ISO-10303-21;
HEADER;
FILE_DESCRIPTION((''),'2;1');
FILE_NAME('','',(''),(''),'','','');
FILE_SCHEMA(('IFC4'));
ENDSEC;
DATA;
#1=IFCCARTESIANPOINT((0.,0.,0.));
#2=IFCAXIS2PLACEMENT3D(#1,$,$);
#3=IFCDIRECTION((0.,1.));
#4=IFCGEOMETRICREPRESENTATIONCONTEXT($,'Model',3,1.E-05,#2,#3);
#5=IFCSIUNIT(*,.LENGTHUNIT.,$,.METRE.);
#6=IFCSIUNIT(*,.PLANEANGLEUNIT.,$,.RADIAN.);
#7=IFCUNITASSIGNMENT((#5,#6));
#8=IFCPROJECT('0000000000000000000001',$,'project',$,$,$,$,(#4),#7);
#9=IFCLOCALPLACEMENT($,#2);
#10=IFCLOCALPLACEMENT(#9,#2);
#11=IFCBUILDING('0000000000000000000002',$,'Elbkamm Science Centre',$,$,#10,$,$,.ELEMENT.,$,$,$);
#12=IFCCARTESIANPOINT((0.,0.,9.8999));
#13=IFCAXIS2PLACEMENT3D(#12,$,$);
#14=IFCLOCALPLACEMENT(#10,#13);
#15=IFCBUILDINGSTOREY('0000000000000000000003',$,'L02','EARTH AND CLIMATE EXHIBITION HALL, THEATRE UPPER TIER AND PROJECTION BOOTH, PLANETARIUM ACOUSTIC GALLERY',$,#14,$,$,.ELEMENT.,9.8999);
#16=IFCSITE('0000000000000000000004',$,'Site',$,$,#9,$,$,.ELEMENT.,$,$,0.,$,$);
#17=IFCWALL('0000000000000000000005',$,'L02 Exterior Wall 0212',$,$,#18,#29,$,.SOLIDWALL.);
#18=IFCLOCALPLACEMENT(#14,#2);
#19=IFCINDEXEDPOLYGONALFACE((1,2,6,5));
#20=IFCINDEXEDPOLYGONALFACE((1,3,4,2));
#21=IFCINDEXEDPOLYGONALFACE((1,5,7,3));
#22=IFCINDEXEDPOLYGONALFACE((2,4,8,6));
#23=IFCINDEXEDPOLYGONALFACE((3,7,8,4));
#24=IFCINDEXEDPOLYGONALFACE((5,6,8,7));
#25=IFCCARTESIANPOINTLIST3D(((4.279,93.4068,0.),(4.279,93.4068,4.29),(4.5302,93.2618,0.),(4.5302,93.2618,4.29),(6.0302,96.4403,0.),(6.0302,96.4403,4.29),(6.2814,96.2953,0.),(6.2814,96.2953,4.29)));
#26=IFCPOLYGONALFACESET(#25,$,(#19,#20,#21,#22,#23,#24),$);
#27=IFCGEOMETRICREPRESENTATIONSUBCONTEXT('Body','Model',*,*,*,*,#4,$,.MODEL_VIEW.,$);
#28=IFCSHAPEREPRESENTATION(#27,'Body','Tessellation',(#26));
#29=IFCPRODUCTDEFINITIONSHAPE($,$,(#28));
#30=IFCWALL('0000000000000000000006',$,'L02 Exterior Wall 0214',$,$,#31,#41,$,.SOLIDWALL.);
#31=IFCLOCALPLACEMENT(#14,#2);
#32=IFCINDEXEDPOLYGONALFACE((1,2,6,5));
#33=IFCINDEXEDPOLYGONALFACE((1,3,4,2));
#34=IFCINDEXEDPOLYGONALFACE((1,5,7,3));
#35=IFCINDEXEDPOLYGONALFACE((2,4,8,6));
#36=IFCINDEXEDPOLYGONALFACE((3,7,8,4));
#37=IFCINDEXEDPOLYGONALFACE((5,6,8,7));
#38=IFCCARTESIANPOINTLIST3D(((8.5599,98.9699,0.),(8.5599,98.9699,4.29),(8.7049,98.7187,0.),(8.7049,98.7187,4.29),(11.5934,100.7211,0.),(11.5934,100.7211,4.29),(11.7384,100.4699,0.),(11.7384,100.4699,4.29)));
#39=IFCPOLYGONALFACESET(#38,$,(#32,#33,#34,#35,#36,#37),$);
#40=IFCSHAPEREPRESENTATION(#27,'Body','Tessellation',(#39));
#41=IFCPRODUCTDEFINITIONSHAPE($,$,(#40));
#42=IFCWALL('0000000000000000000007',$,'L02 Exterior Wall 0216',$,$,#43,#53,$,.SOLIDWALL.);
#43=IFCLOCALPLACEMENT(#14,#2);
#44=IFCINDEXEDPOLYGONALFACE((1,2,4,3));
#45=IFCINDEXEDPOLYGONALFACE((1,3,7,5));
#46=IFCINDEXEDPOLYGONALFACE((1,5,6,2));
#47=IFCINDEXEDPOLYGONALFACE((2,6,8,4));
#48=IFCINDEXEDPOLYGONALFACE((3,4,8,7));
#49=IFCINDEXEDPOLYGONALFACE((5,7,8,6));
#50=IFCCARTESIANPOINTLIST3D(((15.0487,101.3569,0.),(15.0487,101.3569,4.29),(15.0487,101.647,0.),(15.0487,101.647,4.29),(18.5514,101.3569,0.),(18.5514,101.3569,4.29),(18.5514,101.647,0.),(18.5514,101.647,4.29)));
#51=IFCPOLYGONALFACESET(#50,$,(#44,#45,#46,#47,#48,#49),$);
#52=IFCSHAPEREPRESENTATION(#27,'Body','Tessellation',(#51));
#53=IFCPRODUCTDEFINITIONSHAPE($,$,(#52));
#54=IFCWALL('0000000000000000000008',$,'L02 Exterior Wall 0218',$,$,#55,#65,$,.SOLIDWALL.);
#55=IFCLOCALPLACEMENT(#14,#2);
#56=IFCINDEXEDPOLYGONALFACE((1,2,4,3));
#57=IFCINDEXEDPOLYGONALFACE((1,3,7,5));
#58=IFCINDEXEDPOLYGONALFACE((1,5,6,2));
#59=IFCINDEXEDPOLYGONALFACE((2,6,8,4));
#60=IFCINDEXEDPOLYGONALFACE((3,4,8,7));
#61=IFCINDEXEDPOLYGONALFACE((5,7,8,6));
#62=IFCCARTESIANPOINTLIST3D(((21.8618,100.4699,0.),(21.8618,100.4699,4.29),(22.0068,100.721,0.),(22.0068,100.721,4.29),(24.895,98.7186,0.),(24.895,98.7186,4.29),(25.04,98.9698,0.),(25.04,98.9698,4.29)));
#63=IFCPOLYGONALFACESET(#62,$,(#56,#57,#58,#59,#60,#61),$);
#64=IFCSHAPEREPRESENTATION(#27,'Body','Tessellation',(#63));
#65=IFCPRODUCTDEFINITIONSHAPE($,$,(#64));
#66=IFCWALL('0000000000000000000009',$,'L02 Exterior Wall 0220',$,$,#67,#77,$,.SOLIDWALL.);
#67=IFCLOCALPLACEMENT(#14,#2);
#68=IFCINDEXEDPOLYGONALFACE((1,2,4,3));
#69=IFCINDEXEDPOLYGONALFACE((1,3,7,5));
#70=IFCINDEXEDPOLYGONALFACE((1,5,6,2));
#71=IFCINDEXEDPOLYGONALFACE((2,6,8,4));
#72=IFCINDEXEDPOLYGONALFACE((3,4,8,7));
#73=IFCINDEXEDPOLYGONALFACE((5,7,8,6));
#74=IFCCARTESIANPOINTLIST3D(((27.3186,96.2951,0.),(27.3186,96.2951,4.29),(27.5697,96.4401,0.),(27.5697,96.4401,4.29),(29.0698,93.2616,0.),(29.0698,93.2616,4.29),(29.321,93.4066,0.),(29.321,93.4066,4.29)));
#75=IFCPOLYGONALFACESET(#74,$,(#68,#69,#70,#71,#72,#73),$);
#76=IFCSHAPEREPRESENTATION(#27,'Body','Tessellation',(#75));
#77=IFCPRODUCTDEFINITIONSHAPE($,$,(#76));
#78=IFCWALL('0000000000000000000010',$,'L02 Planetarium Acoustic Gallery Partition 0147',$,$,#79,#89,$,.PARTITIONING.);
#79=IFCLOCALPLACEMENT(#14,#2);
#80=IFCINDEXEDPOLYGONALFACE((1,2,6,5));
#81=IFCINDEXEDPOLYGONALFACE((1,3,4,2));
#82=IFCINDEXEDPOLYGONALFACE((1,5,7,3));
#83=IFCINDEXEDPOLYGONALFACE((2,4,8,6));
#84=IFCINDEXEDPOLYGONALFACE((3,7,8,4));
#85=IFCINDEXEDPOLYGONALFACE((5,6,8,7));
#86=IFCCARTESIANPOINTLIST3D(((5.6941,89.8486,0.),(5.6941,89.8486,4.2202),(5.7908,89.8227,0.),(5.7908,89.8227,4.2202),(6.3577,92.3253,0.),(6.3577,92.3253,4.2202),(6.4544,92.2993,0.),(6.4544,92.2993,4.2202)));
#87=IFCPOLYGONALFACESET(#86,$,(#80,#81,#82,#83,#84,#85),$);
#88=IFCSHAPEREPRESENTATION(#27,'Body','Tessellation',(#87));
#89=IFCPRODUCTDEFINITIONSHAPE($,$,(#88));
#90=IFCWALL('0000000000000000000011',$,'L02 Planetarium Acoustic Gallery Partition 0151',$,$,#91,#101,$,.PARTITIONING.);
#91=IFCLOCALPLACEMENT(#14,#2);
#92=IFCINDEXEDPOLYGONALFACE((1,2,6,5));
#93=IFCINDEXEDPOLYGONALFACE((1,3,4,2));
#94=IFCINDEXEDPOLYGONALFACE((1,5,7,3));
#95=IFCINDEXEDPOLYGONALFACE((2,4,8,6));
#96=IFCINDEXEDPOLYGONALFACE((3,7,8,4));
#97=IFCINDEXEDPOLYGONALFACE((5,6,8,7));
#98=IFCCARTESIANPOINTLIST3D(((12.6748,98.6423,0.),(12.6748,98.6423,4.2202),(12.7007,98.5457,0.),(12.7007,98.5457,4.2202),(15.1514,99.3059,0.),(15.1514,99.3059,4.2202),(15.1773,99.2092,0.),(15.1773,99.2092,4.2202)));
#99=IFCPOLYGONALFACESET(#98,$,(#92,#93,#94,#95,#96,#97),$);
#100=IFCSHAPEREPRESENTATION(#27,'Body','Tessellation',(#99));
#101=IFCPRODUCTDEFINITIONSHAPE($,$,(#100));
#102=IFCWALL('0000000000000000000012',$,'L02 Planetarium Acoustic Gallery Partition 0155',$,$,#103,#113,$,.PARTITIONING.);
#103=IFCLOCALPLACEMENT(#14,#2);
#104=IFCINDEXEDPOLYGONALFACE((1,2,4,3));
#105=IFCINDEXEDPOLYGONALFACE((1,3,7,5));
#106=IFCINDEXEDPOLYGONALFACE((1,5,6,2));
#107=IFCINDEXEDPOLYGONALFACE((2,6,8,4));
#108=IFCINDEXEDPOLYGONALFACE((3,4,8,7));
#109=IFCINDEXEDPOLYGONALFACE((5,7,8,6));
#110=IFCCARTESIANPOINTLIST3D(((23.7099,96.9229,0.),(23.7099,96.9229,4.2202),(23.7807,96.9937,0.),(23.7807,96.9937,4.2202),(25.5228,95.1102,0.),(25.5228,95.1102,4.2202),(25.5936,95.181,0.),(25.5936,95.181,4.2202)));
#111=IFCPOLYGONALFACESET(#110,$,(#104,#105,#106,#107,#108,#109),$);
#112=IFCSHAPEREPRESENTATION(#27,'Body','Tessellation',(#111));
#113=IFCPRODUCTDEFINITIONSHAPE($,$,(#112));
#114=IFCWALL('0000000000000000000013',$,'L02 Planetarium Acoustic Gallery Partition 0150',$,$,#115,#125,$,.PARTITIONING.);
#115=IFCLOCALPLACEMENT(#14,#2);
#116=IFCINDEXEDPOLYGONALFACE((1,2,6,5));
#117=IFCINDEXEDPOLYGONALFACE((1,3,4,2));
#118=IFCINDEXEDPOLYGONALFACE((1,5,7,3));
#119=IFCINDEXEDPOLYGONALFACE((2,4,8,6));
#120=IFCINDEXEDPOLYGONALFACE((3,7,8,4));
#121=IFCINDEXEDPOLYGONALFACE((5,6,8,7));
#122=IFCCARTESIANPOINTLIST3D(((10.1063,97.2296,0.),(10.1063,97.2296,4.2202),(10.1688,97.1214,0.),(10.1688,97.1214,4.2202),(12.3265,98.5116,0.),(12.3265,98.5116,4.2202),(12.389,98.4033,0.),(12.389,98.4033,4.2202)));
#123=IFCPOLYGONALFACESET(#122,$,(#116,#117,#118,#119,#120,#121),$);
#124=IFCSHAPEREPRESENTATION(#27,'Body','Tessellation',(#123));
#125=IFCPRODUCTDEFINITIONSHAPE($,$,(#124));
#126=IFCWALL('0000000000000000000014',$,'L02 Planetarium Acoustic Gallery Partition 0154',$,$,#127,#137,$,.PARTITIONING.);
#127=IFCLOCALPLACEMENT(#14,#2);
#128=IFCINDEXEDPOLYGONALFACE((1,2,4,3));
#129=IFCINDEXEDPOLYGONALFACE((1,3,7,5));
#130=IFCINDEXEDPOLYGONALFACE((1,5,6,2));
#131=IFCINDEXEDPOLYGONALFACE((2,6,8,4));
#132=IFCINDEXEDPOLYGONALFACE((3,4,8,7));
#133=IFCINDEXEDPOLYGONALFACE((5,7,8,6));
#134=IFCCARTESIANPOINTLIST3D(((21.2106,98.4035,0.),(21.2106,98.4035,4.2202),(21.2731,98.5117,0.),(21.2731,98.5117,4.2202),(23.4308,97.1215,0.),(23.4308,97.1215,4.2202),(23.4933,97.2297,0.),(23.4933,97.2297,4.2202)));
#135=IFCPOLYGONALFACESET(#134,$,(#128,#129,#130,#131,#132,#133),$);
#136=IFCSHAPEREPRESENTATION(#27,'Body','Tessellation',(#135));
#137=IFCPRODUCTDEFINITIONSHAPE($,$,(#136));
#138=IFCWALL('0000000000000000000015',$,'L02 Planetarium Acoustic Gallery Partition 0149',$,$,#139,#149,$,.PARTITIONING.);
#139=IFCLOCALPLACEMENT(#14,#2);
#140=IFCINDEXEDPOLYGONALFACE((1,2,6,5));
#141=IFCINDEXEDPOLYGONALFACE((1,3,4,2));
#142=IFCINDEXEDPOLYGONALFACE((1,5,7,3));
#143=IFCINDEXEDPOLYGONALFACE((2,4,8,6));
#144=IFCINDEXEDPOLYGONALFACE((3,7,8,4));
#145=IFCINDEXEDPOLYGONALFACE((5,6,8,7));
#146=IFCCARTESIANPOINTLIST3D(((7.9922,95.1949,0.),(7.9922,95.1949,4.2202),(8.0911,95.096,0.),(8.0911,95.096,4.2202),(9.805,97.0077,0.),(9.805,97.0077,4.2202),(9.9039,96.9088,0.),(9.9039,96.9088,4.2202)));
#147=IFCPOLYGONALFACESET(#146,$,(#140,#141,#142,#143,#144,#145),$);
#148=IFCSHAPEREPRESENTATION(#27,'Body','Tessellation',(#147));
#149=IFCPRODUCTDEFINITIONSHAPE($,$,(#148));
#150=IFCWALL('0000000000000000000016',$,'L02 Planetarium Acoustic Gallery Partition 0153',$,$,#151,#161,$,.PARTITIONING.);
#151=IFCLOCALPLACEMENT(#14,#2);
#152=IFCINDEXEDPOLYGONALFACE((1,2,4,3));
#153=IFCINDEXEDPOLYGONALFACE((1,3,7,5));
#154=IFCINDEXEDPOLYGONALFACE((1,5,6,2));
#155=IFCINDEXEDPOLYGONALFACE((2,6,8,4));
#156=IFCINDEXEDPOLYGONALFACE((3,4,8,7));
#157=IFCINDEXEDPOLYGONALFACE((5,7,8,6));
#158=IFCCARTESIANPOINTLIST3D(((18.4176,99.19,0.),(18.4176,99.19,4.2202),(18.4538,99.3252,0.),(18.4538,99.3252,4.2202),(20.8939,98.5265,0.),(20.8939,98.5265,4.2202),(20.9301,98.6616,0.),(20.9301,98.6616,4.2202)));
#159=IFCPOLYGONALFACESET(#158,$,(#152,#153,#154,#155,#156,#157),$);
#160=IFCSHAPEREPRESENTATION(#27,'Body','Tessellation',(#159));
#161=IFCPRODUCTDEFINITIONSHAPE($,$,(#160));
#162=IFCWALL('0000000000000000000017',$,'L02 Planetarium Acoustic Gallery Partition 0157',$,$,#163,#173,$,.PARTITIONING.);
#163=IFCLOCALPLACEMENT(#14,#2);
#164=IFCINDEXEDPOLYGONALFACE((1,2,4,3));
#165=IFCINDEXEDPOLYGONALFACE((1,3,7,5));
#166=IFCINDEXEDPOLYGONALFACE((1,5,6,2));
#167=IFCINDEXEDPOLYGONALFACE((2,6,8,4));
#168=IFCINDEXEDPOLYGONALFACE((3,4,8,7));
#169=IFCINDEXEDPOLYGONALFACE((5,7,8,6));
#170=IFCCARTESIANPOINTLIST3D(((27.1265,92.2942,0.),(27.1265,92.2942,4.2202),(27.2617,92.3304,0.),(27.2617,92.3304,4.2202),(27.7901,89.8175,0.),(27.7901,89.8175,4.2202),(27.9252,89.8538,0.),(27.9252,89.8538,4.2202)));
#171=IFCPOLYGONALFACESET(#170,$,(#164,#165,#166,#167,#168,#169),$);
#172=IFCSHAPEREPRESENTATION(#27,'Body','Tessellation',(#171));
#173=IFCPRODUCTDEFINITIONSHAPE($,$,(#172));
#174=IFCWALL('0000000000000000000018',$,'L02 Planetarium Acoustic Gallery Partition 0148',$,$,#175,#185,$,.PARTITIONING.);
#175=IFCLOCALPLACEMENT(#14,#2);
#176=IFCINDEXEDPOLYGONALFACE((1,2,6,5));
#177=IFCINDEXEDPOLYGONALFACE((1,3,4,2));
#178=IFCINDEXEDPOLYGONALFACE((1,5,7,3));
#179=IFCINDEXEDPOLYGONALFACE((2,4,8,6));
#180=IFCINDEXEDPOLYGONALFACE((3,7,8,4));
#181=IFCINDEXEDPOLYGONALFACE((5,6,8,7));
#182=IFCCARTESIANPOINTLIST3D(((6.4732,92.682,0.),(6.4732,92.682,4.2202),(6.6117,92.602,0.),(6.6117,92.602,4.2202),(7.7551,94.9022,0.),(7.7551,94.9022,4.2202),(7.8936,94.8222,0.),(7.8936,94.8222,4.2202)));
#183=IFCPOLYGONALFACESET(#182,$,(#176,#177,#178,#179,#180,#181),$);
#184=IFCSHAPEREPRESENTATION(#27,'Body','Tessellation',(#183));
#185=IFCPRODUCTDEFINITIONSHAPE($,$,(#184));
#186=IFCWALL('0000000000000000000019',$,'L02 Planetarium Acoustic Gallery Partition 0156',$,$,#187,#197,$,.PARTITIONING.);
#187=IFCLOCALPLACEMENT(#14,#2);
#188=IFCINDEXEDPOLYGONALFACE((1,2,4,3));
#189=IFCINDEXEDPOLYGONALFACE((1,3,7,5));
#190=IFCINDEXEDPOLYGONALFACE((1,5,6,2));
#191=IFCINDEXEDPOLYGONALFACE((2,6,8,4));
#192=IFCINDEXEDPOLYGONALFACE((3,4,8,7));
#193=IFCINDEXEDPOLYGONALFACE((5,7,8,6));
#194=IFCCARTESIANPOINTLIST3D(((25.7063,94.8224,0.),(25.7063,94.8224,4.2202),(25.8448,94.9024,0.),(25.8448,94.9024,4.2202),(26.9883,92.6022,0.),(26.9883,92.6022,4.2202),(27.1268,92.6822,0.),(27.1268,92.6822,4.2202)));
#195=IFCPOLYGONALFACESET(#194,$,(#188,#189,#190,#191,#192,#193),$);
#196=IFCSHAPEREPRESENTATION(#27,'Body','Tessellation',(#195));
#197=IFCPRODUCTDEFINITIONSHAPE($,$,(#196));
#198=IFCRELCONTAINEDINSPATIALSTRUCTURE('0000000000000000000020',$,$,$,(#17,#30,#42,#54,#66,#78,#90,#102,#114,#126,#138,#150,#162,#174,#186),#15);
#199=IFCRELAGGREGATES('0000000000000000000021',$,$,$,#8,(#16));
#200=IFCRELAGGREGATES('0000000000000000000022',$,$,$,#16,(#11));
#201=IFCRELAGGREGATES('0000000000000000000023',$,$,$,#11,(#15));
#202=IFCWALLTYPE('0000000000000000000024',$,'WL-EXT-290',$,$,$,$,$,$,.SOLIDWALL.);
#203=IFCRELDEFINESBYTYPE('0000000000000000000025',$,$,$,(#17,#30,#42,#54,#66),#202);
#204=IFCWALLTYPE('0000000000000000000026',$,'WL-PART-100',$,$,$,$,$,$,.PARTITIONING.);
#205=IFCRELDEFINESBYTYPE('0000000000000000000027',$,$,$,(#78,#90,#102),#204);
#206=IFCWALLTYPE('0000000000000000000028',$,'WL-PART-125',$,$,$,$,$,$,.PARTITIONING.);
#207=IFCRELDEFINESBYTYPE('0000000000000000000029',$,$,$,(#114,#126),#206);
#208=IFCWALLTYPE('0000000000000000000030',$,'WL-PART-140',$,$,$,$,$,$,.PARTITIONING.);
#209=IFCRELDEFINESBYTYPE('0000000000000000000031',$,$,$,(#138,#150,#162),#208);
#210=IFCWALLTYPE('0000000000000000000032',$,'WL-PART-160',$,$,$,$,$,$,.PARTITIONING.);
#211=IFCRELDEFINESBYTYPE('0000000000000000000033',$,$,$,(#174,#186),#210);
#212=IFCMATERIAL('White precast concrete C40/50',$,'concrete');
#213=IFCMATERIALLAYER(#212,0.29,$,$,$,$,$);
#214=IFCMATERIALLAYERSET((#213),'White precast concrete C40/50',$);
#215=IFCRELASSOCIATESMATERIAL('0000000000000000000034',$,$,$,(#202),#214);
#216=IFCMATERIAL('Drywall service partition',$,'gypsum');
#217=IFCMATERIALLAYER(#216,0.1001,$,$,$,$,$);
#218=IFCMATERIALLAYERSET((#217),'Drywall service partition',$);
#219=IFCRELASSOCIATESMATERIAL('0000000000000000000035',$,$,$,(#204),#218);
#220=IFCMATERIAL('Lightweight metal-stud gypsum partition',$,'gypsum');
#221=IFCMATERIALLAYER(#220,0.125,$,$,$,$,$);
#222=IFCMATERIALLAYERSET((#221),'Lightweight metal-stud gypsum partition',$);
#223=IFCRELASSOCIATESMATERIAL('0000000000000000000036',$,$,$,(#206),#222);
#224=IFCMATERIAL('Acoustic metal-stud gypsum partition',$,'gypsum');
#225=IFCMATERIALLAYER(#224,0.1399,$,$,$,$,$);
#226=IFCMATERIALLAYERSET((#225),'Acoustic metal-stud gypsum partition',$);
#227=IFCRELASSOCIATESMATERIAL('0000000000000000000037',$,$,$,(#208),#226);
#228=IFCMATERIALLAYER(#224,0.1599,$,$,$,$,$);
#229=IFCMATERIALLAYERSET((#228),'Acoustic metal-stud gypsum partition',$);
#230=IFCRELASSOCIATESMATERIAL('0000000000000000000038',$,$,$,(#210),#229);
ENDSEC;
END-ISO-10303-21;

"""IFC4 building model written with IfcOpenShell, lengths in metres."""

from ifc_helpers import new_model, si_unit, direction, frame, frame_2d, origin, place, context, subcontext, project, spatial, rectangle, extrude, material, layer, layer_set, type_object, element, save


model = new_model("IFC4")

# Units and contexts
model_context = context("Model", 3, precision=1e-05, world=origin(), true_north=direction((0.0, 1.0)))
body_context = subcontext(model_context, "Body", "Model", "MODEL_VIEW")
ifc_project = project(units=[si_unit("LENGTHUNIT", "METRE"), si_unit("PLANEANGLEUNIT", "RADIAN")], contexts=[model_context])

# Site, building, storey
site_placement = place(None, origin())
site = spatial("IfcSite", under=ifc_project, at=site_placement, Name="Site", CompositionType="ELEMENT", RefElevation=0.0)
building_placement = place(site_placement, origin())
building = spatial("IfcBuilding", under=site, at=building_placement, Name="Elbkamm Science Centre", CompositionType="ELEMENT")
storey_placement = place(building_placement, frame((0.0, 0.0, 9.8999)))
storey = spatial("IfcBuildingStorey", under=building, at=storey_placement, Name="L02", Description="EARTH AND CLIMATE EXHIBITION HALL, THEATRE UPPER TIER AND PROJECTION BOOTH, PLANETARIUM ACOUSTIC GALLERY", CompositionType="ELEMENT", Elevation=9.8999)

# Walls
ifc_material_1 = material(Name="White precast concrete C40/50", Category="concrete")
ifc_layer_1 = layer(ifc_material_1, 0.29)
ifc_layer_set_1 = layer_set([ifc_layer_1], Name="White precast concrete C40/50")
wall_type_1 = type_object("IfcWallType", Name="WL-EXT-290", PredefinedType="SOLIDWALL", material=ifc_layer_set_1)
for number, where, z_axis, x_axis, name in (
    (1, (4.4045, 93.3342, 0.0), (0.0, 0.0, 1.0), (0.49997, 0.866043, 0.0), "L02 Exterior Wall 0212"),
    (2, (8.6323, 98.8442, 0.0), (0.0, 0.0, 1.0), (0.866043, 0.49997, 0.0), "L02 Exterior Wall 0214"),
    (3, (15.0486, 101.502, 0.0), (0.0, 0.0, 1.0), (1.0, 0.0, 0.0), "L02 Exterior Wall 0216"),
):
    element("IfcWall", number, at=place(storey_placement, frame(where, z_axis=z_axis, x_axis=x_axis)), inside=storey, type_object=wall_type_1, Name=name, PredefinedType="SOLIDWALL", context=body_context, shape_type="SweptSolid", body=[
        extrude(rectangle(XDim=3.5027, YDim=0.29, at=frame_2d((1.7515, 0.0))), origin(), (0.0, 0.0, 1.0), 4.29),
    ])
wall_1_placement = place(storey_placement, frame((21.9343, 100.5955, 0.0), z_axis=(0.0, 0.0, 1.0), x_axis=(0.866025, -0.5, 0.0)))
element("IfcWall", 4, at=wall_1_placement, inside=storey, type_object=wall_type_1, Name="L02 Exterior Wall 0218", PredefinedType="SOLIDWALL", context=body_context, shape_type="SweptSolid", body=[
    extrude(rectangle(XDim=3.5024, YDim=0.29, at=frame_2d((1.7512, 0.0))), origin(), (0.0, 0.0, 1.0), 4.29),
])
wall_2_placement = place(storey_placement, frame((27.4441, 96.3677, 0.0), z_axis=(0.0, 0.0, 1.0), x_axis=(0.49997, -0.866043, 0.0)))
element("IfcWall", 5, at=wall_2_placement, inside=storey, type_object=wall_type_1, Name="L02 Exterior Wall 0220", PredefinedType="SOLIDWALL", context=body_context, shape_type="SweptSolid", body=[
    extrude(rectangle(XDim=3.5027, YDim=0.29, at=frame_2d((1.7515, 0.0))), origin(), (0.0, 0.0, 1.0), 4.29),
])
ifc_material_2 = material(Name="Drywall service partition", Category="gypsum")
ifc_layer_2 = layer(ifc_material_2, 0.1001)
ifc_layer_set_2 = layer_set([ifc_layer_2], Name="Drywall service partition")
wall_type_2 = type_object("IfcWallType", Name="WL-PART-100", PredefinedType="PARTITIONING", material=ifc_layer_set_2)
for number, where, z_axis, x_axis, name in (
    (6, (5.7424, 89.8357, 0.0), (0.0, 0.0, 1.0), (0.258812, 0.965928, 0.0), "L02 Planetarium Acoustic Gallery Partition 0147"),
    (7, (12.6877, 98.594, 0.0), (0.0, 0.0, 1.0), (0.965928, 0.258812, 0.0), "L02 Planetarium Acoustic Gallery Partition 0151"),
):
    element("IfcWall", number, at=place(storey_placement, frame(where, z_axis=z_axis, x_axis=x_axis)), inside=storey, type_object=wall_type_2, Name=name, PredefinedType="PARTITIONING", context=body_context, shape_type="SweptSolid", body=[
        extrude(rectangle(XDim=2.564, YDim=0.1001, at=frame_2d((1.282, 0.0))), origin(), (0.0, 0.0, 1.0), 4.2202),
    ])
wall_3_placement = place(storey_placement, frame((23.7454, 96.9583, 0.0), z_axis=(0.0, 0.0, 1.0), x_axis=(0.707154, -0.707059, 0.0)))
element("IfcWall", 8, at=wall_3_placement, inside=storey, type_object=wall_type_2, Name="L02 Planetarium Acoustic Gallery Partition 0155", PredefinedType="PARTITIONING", context=body_context, shape_type="SweptSolid", body=[
    extrude(rectangle(XDim=2.5637, YDim=0.1001, at=frame_2d((1.2817, 0.0))), origin(), (0.0, 0.0, 1.0), 4.2202),
])
ifc_material_3 = material(Name="Lightweight metal-stud gypsum partition", Category="gypsum")
ifc_layer_3 = layer(ifc_material_3, 0.125)
ifc_layer_set_3 = layer_set([ifc_layer_3], Name="Lightweight metal-stud gypsum partition")
wall_type_3 = type_object("IfcWallType", Name="WL-PART-125", PredefinedType="PARTITIONING", material=ifc_layer_set_3)
for number, where, z_axis, x_axis, name in (
    (9, (10.1377, 97.1755, 0.0), (0.0, 0.0, 1.0), (0.866002, 0.500041, 0.0), "L02 Planetarium Acoustic Gallery Partition 0150"),
    (10, (21.2419, 98.4575, 0.0), (0.0, 0.0, 1.0), (0.866002, -0.500041, 0.0), "L02 Planetarium Acoustic Gallery Partition 0154"),
):
    element("IfcWall", number, at=place(storey_placement, frame(where, z_axis=z_axis, x_axis=x_axis)), inside=storey, type_object=wall_type_3, Name=name, PredefinedType="PARTITIONING", context=body_context, shape_type="SweptSolid", body=[
        extrude(rectangle(XDim=2.5637, YDim=0.125, at=frame_2d((1.2817, 0.0))), origin(), (0.0, 0.0, 1.0), 4.2202),
    ])
ifc_material_4 = material(Name="Acoustic metal-stud gypsum partition", Category="gypsum")
ifc_layer_4 = layer(ifc_material_4, 0.1399)
ifc_layer_set_4 = layer_set([ifc_layer_4], Name="Acoustic metal-stud gypsum partition")
wall_type_4 = type_object("IfcWallType", Name="WL-PART-140", PredefinedType="PARTITIONING", material=ifc_layer_set_4)
for number, where, z_axis, x_axis, name in (
    (11, (8.0417, 95.1455, 0.0), (0.0, 0.0, 1.0), (0.707107, 0.707107, 0.0), "L02 Planetarium Acoustic Gallery Partition 0149"),
    (12, (18.4358, 99.2576, 0.0), (0.0, 0.0, 1.0), (0.965921, -0.258836, 0.0), "L02 Planetarium Acoustic Gallery Partition 0153"),
):
    element("IfcWall", number, at=place(storey_placement, frame(where, z_axis=z_axis, x_axis=x_axis)), inside=storey, type_object=wall_type_4, Name=name, PredefinedType="PARTITIONING", context=body_context, shape_type="SweptSolid", body=[
        extrude(rectangle(XDim=2.5637, YDim=0.1399, at=frame_2d((1.2817, 0.0))), origin(), (0.0, 0.0, 1.0), 4.2202),
    ])
wall_4_placement = place(storey_placement, frame((27.1941, 92.3123, 0.0), z_axis=(0.0, 0.0, 1.0), x_axis=(0.258812, -0.965928, 0.0)))
element("IfcWall", 13, at=wall_4_placement, inside=storey, type_object=wall_type_4, Name="L02 Planetarium Acoustic Gallery Partition 0157", PredefinedType="PARTITIONING", context=body_context, shape_type="SweptSolid", body=[
    extrude(rectangle(XDim=2.564, YDim=0.1399, at=frame_2d((1.282, 0.0))), origin(), (0.0, 0.0, 1.0), 4.2202),
])
ifc_layer_5 = layer(ifc_material_4, 0.1599)
ifc_layer_set_5 = layer_set([ifc_layer_5], Name="Acoustic metal-stud gypsum partition")
wall_type_5 = type_object("IfcWallType", Name="WL-PART-160", PredefinedType="PARTITIONING", material=ifc_layer_set_5)
for number, where, z_axis, x_axis, name in (
    (14, (6.5425, 92.6421, 0.0), (0.0, 0.0, 1.0), (0.500041, 0.866002, 0.0), "L02 Planetarium Acoustic Gallery Partition 0148"),
    (15, (25.7756, 94.8623, 0.0), (0.0, 0.0, 1.0), (0.500041, -0.866002, 0.0), "L02 Planetarium Acoustic Gallery Partition 0156"),
):
    element("IfcWall", number, at=place(storey_placement, frame(where, z_axis=z_axis, x_axis=x_axis)), inside=storey, type_object=wall_type_5, Name=name, PredefinedType="PARTITIONING", context=body_context, shape_type="SweptSolid", body=[
        extrude(rectangle(XDim=2.5637, YDim=0.1599, at=frame_2d((1.2817, 0.0))), origin(), (0.0, 0.0, 1.0), 4.2202),
    ])

save(model, "model.ifc")
